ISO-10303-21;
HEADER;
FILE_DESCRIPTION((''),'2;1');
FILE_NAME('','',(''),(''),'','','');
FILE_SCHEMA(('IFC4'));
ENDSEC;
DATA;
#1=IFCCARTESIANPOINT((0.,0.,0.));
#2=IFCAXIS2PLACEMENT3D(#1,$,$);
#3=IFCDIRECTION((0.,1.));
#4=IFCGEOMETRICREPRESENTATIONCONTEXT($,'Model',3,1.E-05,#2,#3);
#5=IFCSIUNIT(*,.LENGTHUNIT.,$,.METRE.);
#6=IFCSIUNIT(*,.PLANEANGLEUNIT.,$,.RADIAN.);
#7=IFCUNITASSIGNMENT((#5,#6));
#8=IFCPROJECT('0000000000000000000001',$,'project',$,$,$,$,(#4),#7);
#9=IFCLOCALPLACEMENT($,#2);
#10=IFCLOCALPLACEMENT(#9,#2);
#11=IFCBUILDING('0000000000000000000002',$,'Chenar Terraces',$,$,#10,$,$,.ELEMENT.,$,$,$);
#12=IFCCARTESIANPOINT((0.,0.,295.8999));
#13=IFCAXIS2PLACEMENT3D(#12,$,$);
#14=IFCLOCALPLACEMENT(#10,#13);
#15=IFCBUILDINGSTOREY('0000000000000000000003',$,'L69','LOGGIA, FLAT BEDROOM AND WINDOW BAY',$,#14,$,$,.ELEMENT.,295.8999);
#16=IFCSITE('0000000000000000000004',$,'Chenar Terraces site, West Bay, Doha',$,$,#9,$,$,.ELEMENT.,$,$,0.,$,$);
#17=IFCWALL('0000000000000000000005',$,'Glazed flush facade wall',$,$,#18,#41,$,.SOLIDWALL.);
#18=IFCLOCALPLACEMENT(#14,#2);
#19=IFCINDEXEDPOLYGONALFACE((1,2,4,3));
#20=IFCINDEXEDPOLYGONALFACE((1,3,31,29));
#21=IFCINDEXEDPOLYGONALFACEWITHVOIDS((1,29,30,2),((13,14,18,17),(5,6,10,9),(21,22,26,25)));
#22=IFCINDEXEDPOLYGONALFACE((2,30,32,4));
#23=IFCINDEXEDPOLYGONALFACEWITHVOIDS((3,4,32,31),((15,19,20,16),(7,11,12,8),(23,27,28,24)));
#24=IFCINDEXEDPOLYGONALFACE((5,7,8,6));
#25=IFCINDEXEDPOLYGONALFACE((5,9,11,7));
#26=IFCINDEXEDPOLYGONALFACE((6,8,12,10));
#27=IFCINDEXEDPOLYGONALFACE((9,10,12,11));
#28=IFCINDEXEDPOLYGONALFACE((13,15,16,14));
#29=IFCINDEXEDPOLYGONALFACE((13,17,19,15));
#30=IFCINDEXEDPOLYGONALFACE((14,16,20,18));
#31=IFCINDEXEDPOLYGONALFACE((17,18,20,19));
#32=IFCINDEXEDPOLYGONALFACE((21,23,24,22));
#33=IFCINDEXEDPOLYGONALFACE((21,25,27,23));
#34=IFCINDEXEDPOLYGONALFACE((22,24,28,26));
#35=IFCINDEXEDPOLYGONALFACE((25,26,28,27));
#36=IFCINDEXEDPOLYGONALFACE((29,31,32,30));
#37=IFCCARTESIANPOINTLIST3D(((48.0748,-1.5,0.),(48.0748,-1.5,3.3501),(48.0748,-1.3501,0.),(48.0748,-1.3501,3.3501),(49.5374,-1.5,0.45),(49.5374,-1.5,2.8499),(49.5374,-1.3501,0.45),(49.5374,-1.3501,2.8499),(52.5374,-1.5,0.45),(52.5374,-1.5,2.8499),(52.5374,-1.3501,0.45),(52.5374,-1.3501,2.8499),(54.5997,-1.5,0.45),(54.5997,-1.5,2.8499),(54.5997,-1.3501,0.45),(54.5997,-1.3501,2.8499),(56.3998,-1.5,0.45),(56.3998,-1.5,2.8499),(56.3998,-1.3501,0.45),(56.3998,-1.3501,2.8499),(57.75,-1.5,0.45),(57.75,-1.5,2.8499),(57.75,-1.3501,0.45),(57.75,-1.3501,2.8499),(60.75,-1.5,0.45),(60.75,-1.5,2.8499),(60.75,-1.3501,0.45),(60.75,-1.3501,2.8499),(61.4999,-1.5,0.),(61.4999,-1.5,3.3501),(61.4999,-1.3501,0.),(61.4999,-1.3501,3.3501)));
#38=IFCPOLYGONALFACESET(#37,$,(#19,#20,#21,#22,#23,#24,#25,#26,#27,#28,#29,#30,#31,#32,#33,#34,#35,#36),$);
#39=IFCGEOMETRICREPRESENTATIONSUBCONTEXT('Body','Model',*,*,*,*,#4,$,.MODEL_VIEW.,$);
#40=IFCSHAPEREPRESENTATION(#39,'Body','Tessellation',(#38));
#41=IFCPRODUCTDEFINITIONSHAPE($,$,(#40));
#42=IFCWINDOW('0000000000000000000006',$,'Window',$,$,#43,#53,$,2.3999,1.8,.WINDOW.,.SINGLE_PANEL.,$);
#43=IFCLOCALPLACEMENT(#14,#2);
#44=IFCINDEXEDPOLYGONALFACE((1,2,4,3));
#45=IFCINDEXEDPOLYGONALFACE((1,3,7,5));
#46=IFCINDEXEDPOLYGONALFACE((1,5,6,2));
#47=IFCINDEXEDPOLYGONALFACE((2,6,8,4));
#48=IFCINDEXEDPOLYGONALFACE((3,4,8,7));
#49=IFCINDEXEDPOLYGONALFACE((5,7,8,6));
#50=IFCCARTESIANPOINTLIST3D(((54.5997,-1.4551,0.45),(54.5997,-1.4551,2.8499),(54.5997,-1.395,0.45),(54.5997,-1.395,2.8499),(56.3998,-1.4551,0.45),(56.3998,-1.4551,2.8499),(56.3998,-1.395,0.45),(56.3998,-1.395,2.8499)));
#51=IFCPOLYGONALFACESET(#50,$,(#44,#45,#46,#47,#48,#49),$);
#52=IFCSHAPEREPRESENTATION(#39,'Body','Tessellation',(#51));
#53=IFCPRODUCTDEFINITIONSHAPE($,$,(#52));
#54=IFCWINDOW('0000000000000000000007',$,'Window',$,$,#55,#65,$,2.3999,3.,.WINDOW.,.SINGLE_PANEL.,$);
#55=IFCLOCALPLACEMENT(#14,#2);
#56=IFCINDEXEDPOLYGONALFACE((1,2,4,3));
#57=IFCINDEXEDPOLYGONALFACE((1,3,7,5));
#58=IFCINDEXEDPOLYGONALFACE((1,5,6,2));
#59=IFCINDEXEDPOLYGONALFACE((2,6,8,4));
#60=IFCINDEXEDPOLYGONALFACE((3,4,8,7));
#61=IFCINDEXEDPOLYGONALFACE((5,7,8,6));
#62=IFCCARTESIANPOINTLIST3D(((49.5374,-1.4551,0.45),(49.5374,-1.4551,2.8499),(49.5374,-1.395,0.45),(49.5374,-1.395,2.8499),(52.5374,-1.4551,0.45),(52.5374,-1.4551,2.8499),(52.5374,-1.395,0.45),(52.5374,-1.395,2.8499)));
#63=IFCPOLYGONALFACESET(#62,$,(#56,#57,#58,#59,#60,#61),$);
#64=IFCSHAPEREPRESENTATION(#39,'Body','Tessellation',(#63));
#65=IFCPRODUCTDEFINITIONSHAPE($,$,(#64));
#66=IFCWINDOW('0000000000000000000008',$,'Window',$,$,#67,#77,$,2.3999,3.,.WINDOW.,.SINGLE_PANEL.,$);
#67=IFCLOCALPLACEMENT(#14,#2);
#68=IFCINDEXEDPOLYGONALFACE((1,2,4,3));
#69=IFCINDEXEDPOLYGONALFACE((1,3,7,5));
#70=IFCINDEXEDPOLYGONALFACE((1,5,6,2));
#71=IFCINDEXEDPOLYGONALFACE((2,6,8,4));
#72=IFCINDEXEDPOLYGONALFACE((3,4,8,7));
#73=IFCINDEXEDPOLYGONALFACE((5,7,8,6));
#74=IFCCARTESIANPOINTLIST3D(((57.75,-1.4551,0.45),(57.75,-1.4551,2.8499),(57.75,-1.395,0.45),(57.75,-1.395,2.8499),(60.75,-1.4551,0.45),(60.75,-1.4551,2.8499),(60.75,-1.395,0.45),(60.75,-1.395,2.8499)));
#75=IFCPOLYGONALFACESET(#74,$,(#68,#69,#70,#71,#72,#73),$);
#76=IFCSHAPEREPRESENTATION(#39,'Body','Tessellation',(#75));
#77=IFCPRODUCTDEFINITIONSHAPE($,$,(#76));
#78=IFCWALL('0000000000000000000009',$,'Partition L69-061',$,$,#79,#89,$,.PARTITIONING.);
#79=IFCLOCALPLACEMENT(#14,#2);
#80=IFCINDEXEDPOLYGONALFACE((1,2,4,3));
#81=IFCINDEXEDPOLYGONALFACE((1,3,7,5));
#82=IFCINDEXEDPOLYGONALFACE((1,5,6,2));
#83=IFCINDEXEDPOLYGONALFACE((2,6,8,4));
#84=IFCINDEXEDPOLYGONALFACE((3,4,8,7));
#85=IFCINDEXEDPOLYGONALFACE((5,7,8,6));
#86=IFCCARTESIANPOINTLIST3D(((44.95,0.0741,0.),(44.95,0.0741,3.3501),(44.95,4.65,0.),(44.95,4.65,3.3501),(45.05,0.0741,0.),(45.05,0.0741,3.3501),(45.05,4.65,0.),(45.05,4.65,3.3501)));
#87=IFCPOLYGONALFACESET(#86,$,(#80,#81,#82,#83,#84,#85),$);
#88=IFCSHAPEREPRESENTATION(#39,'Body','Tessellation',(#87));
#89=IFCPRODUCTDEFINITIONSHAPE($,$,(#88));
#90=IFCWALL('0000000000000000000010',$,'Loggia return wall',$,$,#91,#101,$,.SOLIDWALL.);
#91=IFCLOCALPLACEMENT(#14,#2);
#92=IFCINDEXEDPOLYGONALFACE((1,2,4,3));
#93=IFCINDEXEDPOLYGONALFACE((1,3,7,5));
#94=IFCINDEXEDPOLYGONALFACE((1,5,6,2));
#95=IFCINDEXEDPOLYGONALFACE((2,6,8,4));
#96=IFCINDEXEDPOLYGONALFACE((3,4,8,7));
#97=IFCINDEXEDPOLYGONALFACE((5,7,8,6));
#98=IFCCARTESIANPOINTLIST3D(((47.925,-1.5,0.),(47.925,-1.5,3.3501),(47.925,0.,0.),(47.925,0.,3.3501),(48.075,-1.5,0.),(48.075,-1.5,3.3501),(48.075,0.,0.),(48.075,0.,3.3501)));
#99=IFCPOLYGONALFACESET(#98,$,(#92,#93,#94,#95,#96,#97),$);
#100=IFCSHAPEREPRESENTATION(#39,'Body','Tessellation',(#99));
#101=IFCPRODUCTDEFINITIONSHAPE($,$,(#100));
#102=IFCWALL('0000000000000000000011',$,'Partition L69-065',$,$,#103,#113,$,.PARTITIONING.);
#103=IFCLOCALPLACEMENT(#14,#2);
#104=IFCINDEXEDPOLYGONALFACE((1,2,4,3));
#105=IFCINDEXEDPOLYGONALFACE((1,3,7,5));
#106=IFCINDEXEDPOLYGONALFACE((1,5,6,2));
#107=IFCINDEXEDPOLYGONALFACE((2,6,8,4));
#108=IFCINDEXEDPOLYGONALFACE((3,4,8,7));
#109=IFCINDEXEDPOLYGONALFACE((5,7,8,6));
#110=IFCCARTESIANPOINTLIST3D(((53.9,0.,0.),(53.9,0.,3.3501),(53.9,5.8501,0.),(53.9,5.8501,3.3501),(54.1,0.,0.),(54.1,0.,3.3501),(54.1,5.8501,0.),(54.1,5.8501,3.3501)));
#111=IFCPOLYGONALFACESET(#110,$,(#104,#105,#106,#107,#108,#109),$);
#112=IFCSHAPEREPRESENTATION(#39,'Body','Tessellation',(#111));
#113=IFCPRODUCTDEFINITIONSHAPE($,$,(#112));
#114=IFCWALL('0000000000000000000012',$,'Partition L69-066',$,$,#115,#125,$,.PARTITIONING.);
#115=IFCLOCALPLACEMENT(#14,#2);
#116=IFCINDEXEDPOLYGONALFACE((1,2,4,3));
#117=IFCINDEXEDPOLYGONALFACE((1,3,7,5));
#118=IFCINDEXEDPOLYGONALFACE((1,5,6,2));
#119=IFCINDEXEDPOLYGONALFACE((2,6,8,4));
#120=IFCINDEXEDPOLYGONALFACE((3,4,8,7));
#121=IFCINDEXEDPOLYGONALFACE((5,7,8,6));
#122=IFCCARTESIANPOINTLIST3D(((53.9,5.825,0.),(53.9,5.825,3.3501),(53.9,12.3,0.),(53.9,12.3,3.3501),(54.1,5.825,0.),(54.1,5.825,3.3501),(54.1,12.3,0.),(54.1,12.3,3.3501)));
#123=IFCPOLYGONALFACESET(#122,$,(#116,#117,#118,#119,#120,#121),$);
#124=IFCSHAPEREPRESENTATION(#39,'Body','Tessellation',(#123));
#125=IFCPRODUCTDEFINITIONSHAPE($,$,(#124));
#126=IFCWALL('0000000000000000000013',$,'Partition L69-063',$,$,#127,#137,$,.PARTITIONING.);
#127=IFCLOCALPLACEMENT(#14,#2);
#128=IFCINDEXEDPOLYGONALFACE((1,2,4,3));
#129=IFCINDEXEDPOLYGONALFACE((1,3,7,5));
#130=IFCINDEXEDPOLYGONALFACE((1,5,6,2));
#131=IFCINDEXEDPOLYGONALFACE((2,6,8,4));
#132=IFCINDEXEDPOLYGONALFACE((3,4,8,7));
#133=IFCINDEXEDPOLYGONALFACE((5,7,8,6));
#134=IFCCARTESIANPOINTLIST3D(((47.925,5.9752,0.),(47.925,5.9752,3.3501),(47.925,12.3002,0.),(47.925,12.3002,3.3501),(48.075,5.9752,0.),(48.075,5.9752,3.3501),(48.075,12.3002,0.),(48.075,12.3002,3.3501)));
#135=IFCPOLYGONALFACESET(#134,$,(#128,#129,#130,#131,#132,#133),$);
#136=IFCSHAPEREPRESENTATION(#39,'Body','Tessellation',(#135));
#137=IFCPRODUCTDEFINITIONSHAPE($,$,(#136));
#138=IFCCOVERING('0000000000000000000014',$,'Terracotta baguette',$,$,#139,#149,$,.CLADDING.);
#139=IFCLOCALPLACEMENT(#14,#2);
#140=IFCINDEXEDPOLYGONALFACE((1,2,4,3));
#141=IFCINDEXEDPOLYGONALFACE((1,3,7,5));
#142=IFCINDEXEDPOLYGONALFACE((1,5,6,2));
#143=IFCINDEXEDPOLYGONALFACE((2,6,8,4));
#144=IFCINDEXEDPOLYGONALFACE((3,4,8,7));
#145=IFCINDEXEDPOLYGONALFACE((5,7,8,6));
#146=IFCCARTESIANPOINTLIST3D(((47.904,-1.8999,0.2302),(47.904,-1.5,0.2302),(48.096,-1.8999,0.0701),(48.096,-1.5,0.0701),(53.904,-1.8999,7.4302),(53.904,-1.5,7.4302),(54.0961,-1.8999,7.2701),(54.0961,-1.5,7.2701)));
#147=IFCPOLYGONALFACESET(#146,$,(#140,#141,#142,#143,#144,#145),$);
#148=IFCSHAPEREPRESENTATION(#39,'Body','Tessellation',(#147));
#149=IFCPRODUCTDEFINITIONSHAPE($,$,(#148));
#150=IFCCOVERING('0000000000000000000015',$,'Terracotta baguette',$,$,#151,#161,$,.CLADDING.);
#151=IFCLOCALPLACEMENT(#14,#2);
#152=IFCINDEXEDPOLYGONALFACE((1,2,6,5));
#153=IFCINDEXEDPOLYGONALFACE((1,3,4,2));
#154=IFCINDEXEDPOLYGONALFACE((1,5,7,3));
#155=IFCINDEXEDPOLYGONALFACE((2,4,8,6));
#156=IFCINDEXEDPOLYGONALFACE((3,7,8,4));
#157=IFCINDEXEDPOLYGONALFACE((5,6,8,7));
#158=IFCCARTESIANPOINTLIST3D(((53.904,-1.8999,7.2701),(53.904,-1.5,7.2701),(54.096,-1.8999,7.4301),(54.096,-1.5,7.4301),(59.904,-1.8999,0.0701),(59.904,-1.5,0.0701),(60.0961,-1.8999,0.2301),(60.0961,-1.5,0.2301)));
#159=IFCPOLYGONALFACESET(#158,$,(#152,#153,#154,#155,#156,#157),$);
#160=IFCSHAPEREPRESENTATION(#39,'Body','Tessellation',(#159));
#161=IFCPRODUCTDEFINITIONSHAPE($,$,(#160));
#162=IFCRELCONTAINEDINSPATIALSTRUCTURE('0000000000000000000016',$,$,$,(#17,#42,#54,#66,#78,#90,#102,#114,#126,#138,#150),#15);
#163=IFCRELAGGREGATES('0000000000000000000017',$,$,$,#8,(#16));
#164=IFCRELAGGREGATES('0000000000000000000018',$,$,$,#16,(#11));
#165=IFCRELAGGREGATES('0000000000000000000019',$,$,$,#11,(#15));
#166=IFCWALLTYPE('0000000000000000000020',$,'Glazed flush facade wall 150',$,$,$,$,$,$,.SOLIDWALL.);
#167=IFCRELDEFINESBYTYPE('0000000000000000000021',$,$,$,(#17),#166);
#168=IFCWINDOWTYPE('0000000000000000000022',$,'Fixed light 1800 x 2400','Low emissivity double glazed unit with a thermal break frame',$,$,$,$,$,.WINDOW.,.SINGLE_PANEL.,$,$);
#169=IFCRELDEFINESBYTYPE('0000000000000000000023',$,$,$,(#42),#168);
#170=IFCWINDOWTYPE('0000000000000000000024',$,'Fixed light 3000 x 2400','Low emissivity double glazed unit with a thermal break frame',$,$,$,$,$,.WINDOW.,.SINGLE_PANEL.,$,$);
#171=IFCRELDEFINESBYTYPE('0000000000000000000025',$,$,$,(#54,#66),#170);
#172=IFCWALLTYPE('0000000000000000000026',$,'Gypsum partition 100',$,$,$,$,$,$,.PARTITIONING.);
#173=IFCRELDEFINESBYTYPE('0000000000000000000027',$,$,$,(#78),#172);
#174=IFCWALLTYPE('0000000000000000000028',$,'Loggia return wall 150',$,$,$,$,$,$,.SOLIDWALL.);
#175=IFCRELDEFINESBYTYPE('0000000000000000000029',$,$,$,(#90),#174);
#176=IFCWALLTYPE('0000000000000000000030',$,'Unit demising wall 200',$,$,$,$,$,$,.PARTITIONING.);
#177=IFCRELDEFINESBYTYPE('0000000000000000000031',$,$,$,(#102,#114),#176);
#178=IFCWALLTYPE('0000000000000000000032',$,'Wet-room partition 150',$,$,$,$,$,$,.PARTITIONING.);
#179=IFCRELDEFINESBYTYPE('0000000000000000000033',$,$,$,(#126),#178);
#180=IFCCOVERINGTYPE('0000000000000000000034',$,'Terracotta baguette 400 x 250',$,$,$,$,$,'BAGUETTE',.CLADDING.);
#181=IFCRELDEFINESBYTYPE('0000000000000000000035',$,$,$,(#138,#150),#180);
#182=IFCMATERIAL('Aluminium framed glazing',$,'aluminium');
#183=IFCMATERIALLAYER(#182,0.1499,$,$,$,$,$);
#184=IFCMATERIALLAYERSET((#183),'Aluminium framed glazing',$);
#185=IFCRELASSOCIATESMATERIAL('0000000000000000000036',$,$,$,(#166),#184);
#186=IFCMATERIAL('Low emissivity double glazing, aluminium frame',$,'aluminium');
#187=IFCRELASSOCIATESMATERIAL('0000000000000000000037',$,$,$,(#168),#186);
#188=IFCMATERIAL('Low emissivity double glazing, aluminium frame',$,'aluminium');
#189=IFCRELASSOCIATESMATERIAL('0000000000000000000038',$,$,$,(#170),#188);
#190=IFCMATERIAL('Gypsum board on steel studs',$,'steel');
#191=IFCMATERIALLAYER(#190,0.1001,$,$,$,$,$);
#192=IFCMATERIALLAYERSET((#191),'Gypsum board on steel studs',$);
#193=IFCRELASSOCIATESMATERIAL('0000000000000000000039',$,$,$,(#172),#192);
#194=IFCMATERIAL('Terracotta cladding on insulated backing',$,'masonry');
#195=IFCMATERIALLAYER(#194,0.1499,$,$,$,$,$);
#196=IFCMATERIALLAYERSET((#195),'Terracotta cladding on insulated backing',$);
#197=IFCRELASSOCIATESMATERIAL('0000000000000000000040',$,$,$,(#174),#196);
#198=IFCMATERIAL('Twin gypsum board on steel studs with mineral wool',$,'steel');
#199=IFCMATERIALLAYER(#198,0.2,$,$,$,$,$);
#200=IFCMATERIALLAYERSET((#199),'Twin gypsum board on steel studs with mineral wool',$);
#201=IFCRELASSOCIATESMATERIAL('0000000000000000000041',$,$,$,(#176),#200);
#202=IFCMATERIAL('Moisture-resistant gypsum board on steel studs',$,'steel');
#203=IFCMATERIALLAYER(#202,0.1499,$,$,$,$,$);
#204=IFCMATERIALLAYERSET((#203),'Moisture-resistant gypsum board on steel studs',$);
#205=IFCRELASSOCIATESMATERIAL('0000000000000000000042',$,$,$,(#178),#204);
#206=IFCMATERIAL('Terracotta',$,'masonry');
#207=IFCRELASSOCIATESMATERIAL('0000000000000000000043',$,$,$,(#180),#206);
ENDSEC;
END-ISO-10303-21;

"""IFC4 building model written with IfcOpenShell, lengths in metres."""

from ifc_helpers import new_model, si_unit, direction, frame, frame_2d, origin, origin_2d, place, context, subcontext, project, spatial, rectangle, extrude, material, layer, layer_set, material_profile, profile_set, type_object, element, fill, save


model = new_model("IFC4")

# Units and contexts
model_context = context("Model", 3, precision=1e-05, world=origin(), true_north=direction((0.0, 1.0)))
body_context = subcontext(model_context, "Body", "Model", "MODEL_VIEW")
ifc_project = project(units=[si_unit("LENGTHUNIT", "METRE"), si_unit("PLANEANGLEUNIT", "RADIAN")], contexts=[model_context])

# Site, building, storey
site_placement = place(None, origin())
site = spatial("IfcSite", under=ifc_project, at=site_placement, Name="Chenar Terraces site, West Bay, Doha", CompositionType="ELEMENT", RefElevation=0.0)
building_placement = place(site_placement, origin())
building = spatial("IfcBuilding", under=site, at=building_placement, Name="Chenar Terraces", CompositionType="ELEMENT")
storey_placement = place(building_placement, frame((0.0, 0.0, 295.8999)))
storey = spatial("IfcBuildingStorey", under=building, at=storey_placement, Name="L69", Description="LOGGIA, FLAT BEDROOM AND WINDOW BAY", CompositionType="ELEMENT", Elevation=295.8999)

# Wall, openings, windows
ifc_material_1 = material(Name="Aluminium framed glazing", Category="aluminium")
ifc_layer_1 = layer(ifc_material_1, 0.1499)
ifc_layer_set_1 = layer_set([ifc_layer_1], Name="Aluminium framed glazing")
wall_type_1 = type_object("IfcWallType", Name="Glazed flush facade wall 150", PredefinedType="SOLIDWALL", material=ifc_layer_set_1)
wall_1_placement = place(storey_placement, frame((48.075, -1.425, 0.0), z_axis=(0.0, 0.0, 1.0), x_axis=(1.0, 0.0, 0.0)))
wall_1 = element("IfcWall", 1, at=wall_1_placement, inside=storey, type_object=wall_type_1, Name="Glazed flush facade wall", PredefinedType="SOLIDWALL", context=body_context, shape_type="SweptSolid", body=[
    extrude(rectangle(XDim=13.425, YDim=0.1499, at=frame_2d((6.7124, 0.0))), origin(), (0.0, 0.0, 1.0), 3.3501),
])
opening_1_placement = place(wall_1_placement, frame((1.4624, 0.0, 0.45)))
opening_1 = element("IfcOpeningElement", 2, at=opening_1_placement, cuts=wall_1, PredefinedType="OPENING", context=body_context, shape_type="SweptSolid", body=[
    extrude(rectangle(XDim=3.0, YDim=2.3999, at=frame_2d((1.5, 1.2))), frame((0.0, 0.085, 0.0), z_axis=(0.0, -1.0, 0.0), x_axis=(1.0, 0.0, 0.0)), (0.0, 0.0, 1.0), 0.1699),
])
opening_2_placement = place(wall_1_placement, frame((6.5249, 0.0, 0.45)))
opening_2 = element("IfcOpeningElement", 3, at=opening_2_placement, cuts=wall_1, PredefinedType="OPENING", context=body_context, shape_type="SweptSolid", body=[
    extrude(rectangle(XDim=1.8, YDim=2.3999, at=frame_2d((0.8999, 1.2))), frame((0.0, 0.085, 0.0), z_axis=(0.0, -1.0, 0.0), x_axis=(1.0, 0.0, 0.0)), (0.0, 0.0, 1.0), 0.1699),
])
opening_3_placement = place(wall_1_placement, frame((9.675, 0.0, 0.45)))
opening_3 = element("IfcOpeningElement", 4, at=opening_3_placement, cuts=wall_1, PredefinedType="OPENING", context=body_context, shape_type="SweptSolid", body=[
    extrude(rectangle(XDim=3.0, YDim=2.3999, at=frame_2d((1.5, 1.2))), frame((0.0, 0.085, 0.0), z_axis=(0.0, -1.0, 0.0), x_axis=(1.0, 0.0, 0.0)), (0.0, 0.0, 1.0), 0.1699),
])
ifc_material_2 = material(Name="Low emissivity double glazing, aluminium frame", Category="aluminium")
window_type_1 = type_object("IfcWindowType", Name="Fixed light 1800 x 2400", Description="Low emissivity double glazed unit with a thermal break frame", PartitioningType="SINGLE_PANEL", PredefinedType="WINDOW", material=ifc_material_2)
window_1_placement = place(opening_2_placement, origin())
window_1 = element("IfcWindow", 5, at=window_1_placement, inside=storey, type_object=window_type_1, Name="Window", OverallHeight=2.3999, OverallWidth=1.8, PartitioningType="SINGLE_PANEL", PredefinedType="WINDOW", context=body_context, shape_type="SweptSolid", body=[
    extrude(rectangle(XDim=1.8, YDim=2.3999, at=frame_2d((0.8999, 1.2))), frame((0.0, 0.03, 0.0), z_axis=(0.0, -1.0, 0.0), x_axis=(1.0, 0.0, 0.0)), (0.0, 0.0, 1.0), 0.0601),
])
fill(opening_2, window_1)
ifc_material_3 = material(Name="Low emissivity double glazing, aluminium frame", Category="aluminium")
window_type_2 = type_object("IfcWindowType", Name="Fixed light 3000 x 2400", Description="Low emissivity double glazed unit with a thermal break frame", PartitioningType="SINGLE_PANEL", PredefinedType="WINDOW", material=ifc_material_3)
window_2_placement = place(opening_1_placement, origin())
window_2 = element("IfcWindow", 6, at=window_2_placement, inside=storey, type_object=window_type_2, Name="Window", OverallHeight=2.3999, OverallWidth=3.0, PartitioningType="SINGLE_PANEL", PredefinedType="WINDOW", context=body_context, shape_type="SweptSolid", body=[
    extrude(rectangle(XDim=3.0, YDim=2.3999, at=frame_2d((1.5, 1.2))), frame((0.0, 0.03, 0.0), z_axis=(0.0, -1.0, 0.0), x_axis=(1.0, 0.0, 0.0)), (0.0, 0.0, 1.0), 0.0601),
])
fill(opening_1, window_2)
window_3_placement = place(opening_3_placement, origin())
window_3 = element("IfcWindow", 7, at=window_3_placement, inside=storey, type_object=window_type_2, Name="Window", OverallHeight=2.3999, OverallWidth=3.0, PartitioningType="SINGLE_PANEL", PredefinedType="WINDOW", context=body_context, shape_type="SweptSolid", body=[
    extrude(rectangle(XDim=3.0, YDim=2.3999, at=frame_2d((1.5, 1.2))), frame((0.0, 0.03, 0.0), z_axis=(0.0, -1.0, 0.0), x_axis=(1.0, 0.0, 0.0)), (0.0, 0.0, 1.0), 0.0601),
])
fill(opening_3, window_3)

# Walls
ifc_material_4 = material(Name="Gypsum board on steel studs", Category="steel")
ifc_layer_2 = layer(ifc_material_4, 0.1001)
ifc_layer_set_2 = layer_set([ifc_layer_2], Name="Gypsum board on steel studs")
wall_type_2 = type_object("IfcWallType", Name="Gypsum partition 100", PredefinedType="PARTITIONING", material=ifc_layer_set_2)
wall_2_placement = place(storey_placement, frame((45.0, 0.074, 0.0), z_axis=(0.0, 0.0, 1.0), x_axis=(0.0, 1.0, 0.0)))
element("IfcWall", 8, at=wall_2_placement, inside=storey, type_object=wall_type_2, Name="Partition L69-061", PredefinedType="PARTITIONING", context=body_context, shape_type="SweptSolid", body=[
    extrude(rectangle(XDim=4.5759, YDim=0.1001, at=frame_2d((2.2881, 0.0))), origin(), (0.0, 0.0, 1.0), 3.3501),
])
ifc_material_5 = material(Name="Terracotta cladding on insulated backing", Category="masonry")
ifc_layer_3 = layer(ifc_material_5, 0.1499)
ifc_layer_set_3 = layer_set([ifc_layer_3], Name="Terracotta cladding on insulated backing")
wall_type_3 = type_object("IfcWallType", Name="Loggia return wall 150", PredefinedType="SOLIDWALL", material=ifc_layer_set_3)
wall_3_placement = place(storey_placement, frame((48.0, -1.5, 0.0), z_axis=(0.0, 0.0, 1.0), x_axis=(0.0, 1.0, 0.0)))
element("IfcWall", 9, at=wall_3_placement, inside=storey, type_object=wall_type_3, Name="Loggia return wall", PredefinedType="SOLIDWALL", context=body_context, shape_type="SweptSolid", body=[
    extrude(rectangle(XDim=1.5, YDim=0.1499, at=frame_2d((0.75, 0.0))), origin(), (0.0, 0.0, 1.0), 3.3501),
])
ifc_material_6 = material(Name="Twin gypsum board on steel studs with mineral wool", Category="steel")
ifc_layer_4 = layer(ifc_material_6, 0.2)
ifc_layer_set_4 = layer_set([ifc_layer_4], Name="Twin gypsum board on steel studs with mineral wool")
wall_type_4 = type_object("IfcWallType", Name="Unit demising wall 200", PredefinedType="PARTITIONING", material=ifc_layer_set_4)
wall_4_placement = place(storey_placement, frame((54.0, 0.0, 0.0), z_axis=(0.0, 0.0, 1.0), x_axis=(0.0, 1.0, 0.0)))
element("IfcWall", 10, at=wall_4_placement, inside=storey, type_object=wall_type_4, Name="Partition L69-065", PredefinedType="PARTITIONING", context=body_context, shape_type="SweptSolid", body=[
    extrude(rectangle(XDim=5.8501, YDim=0.2, at=frame_2d((2.925, 0.0))), origin(), (0.0, 0.0, 1.0), 3.3501),
])
wall_5_placement = place(storey_placement, frame((54.0, 5.825, 0.0), z_axis=(0.0, 0.0, 1.0), x_axis=(0.0, 1.0, 0.0)))
element("IfcWall", 11, at=wall_5_placement, inside=storey, type_object=wall_type_4, Name="Partition L69-066", PredefinedType="PARTITIONING", context=body_context, shape_type="SweptSolid", body=[
    extrude(rectangle(XDim=6.4751, YDim=0.2, at=frame_2d((3.2375, 0.0))), origin(), (0.0, 0.0, 1.0), 3.3501),
])
ifc_material_7 = material(Name="Moisture-resistant gypsum board on steel studs", Category="steel")
ifc_layer_5 = layer(ifc_material_7, 0.1499)
ifc_layer_set_5 = layer_set([ifc_layer_5], Name="Moisture-resistant gypsum board on steel studs")
wall_type_5 = type_object("IfcWallType", Name="Wet-room partition 150", PredefinedType="PARTITIONING", material=ifc_layer_set_5)
wall_6_placement = place(storey_placement, frame((48.0, 5.9751, 0.0), z_axis=(0.0, 0.0, 1.0), x_axis=(0.0, 1.0, 0.0)))
element("IfcWall", 12, at=wall_6_placement, inside=storey, type_object=wall_type_5, Name="Partition L69-063", PredefinedType="PARTITIONING", context=body_context, shape_type="SweptSolid", body=[
    extrude(rectangle(XDim=6.325, YDim=0.1499, at=frame_2d((3.1626, 0.0))), origin(), (0.0, 0.0, 1.0), 3.3501),
])

# Coverings
ifc_material_8 = material(Name="Terracotta", Category="masonry")
ifc_material_profile_1 = material_profile(ifc_material_8, rectangle(XDim=0.3999, YDim=0.25, at=origin_2d()), Name="Terracotta baguette 400 x 250")
ifc_profile_set_1 = profile_set([ifc_material_profile_1], Name="Terracotta")
covering_type = type_object("IfcCoveringType", Name="Terracotta baguette 400 x 250", ElementType="BAGUETTE", PredefinedType="CLADDING", material=ifc_profile_set_1)
for number, where, z_axis, x_axis, name in (
    (13, (48.0, -1.7, 0.1501), (0.640187, 0.0, 0.768219), (0.0, 1.0, 0.0), "Terracotta baguette"),
    (14, (54.0, -1.7, 7.3501), (0.640187, 0.0, -0.768219), (0.0, 1.0, 0.0), "Terracotta baguette"),
):
    element("IfcCovering", number, at=place(storey_placement, frame(where, z_axis=z_axis, x_axis=x_axis)), inside=storey, type_object=covering_type, Name=name, PredefinedType="CLADDING", context=body_context, shape_type="SweptSolid", body=[
        extrude(rectangle(XDim=0.3999, YDim=0.25, at=origin_2d()), origin(), (0.0, 0.0, 1.0), 9.3723),
    ])

save(model, "model.ifc")
